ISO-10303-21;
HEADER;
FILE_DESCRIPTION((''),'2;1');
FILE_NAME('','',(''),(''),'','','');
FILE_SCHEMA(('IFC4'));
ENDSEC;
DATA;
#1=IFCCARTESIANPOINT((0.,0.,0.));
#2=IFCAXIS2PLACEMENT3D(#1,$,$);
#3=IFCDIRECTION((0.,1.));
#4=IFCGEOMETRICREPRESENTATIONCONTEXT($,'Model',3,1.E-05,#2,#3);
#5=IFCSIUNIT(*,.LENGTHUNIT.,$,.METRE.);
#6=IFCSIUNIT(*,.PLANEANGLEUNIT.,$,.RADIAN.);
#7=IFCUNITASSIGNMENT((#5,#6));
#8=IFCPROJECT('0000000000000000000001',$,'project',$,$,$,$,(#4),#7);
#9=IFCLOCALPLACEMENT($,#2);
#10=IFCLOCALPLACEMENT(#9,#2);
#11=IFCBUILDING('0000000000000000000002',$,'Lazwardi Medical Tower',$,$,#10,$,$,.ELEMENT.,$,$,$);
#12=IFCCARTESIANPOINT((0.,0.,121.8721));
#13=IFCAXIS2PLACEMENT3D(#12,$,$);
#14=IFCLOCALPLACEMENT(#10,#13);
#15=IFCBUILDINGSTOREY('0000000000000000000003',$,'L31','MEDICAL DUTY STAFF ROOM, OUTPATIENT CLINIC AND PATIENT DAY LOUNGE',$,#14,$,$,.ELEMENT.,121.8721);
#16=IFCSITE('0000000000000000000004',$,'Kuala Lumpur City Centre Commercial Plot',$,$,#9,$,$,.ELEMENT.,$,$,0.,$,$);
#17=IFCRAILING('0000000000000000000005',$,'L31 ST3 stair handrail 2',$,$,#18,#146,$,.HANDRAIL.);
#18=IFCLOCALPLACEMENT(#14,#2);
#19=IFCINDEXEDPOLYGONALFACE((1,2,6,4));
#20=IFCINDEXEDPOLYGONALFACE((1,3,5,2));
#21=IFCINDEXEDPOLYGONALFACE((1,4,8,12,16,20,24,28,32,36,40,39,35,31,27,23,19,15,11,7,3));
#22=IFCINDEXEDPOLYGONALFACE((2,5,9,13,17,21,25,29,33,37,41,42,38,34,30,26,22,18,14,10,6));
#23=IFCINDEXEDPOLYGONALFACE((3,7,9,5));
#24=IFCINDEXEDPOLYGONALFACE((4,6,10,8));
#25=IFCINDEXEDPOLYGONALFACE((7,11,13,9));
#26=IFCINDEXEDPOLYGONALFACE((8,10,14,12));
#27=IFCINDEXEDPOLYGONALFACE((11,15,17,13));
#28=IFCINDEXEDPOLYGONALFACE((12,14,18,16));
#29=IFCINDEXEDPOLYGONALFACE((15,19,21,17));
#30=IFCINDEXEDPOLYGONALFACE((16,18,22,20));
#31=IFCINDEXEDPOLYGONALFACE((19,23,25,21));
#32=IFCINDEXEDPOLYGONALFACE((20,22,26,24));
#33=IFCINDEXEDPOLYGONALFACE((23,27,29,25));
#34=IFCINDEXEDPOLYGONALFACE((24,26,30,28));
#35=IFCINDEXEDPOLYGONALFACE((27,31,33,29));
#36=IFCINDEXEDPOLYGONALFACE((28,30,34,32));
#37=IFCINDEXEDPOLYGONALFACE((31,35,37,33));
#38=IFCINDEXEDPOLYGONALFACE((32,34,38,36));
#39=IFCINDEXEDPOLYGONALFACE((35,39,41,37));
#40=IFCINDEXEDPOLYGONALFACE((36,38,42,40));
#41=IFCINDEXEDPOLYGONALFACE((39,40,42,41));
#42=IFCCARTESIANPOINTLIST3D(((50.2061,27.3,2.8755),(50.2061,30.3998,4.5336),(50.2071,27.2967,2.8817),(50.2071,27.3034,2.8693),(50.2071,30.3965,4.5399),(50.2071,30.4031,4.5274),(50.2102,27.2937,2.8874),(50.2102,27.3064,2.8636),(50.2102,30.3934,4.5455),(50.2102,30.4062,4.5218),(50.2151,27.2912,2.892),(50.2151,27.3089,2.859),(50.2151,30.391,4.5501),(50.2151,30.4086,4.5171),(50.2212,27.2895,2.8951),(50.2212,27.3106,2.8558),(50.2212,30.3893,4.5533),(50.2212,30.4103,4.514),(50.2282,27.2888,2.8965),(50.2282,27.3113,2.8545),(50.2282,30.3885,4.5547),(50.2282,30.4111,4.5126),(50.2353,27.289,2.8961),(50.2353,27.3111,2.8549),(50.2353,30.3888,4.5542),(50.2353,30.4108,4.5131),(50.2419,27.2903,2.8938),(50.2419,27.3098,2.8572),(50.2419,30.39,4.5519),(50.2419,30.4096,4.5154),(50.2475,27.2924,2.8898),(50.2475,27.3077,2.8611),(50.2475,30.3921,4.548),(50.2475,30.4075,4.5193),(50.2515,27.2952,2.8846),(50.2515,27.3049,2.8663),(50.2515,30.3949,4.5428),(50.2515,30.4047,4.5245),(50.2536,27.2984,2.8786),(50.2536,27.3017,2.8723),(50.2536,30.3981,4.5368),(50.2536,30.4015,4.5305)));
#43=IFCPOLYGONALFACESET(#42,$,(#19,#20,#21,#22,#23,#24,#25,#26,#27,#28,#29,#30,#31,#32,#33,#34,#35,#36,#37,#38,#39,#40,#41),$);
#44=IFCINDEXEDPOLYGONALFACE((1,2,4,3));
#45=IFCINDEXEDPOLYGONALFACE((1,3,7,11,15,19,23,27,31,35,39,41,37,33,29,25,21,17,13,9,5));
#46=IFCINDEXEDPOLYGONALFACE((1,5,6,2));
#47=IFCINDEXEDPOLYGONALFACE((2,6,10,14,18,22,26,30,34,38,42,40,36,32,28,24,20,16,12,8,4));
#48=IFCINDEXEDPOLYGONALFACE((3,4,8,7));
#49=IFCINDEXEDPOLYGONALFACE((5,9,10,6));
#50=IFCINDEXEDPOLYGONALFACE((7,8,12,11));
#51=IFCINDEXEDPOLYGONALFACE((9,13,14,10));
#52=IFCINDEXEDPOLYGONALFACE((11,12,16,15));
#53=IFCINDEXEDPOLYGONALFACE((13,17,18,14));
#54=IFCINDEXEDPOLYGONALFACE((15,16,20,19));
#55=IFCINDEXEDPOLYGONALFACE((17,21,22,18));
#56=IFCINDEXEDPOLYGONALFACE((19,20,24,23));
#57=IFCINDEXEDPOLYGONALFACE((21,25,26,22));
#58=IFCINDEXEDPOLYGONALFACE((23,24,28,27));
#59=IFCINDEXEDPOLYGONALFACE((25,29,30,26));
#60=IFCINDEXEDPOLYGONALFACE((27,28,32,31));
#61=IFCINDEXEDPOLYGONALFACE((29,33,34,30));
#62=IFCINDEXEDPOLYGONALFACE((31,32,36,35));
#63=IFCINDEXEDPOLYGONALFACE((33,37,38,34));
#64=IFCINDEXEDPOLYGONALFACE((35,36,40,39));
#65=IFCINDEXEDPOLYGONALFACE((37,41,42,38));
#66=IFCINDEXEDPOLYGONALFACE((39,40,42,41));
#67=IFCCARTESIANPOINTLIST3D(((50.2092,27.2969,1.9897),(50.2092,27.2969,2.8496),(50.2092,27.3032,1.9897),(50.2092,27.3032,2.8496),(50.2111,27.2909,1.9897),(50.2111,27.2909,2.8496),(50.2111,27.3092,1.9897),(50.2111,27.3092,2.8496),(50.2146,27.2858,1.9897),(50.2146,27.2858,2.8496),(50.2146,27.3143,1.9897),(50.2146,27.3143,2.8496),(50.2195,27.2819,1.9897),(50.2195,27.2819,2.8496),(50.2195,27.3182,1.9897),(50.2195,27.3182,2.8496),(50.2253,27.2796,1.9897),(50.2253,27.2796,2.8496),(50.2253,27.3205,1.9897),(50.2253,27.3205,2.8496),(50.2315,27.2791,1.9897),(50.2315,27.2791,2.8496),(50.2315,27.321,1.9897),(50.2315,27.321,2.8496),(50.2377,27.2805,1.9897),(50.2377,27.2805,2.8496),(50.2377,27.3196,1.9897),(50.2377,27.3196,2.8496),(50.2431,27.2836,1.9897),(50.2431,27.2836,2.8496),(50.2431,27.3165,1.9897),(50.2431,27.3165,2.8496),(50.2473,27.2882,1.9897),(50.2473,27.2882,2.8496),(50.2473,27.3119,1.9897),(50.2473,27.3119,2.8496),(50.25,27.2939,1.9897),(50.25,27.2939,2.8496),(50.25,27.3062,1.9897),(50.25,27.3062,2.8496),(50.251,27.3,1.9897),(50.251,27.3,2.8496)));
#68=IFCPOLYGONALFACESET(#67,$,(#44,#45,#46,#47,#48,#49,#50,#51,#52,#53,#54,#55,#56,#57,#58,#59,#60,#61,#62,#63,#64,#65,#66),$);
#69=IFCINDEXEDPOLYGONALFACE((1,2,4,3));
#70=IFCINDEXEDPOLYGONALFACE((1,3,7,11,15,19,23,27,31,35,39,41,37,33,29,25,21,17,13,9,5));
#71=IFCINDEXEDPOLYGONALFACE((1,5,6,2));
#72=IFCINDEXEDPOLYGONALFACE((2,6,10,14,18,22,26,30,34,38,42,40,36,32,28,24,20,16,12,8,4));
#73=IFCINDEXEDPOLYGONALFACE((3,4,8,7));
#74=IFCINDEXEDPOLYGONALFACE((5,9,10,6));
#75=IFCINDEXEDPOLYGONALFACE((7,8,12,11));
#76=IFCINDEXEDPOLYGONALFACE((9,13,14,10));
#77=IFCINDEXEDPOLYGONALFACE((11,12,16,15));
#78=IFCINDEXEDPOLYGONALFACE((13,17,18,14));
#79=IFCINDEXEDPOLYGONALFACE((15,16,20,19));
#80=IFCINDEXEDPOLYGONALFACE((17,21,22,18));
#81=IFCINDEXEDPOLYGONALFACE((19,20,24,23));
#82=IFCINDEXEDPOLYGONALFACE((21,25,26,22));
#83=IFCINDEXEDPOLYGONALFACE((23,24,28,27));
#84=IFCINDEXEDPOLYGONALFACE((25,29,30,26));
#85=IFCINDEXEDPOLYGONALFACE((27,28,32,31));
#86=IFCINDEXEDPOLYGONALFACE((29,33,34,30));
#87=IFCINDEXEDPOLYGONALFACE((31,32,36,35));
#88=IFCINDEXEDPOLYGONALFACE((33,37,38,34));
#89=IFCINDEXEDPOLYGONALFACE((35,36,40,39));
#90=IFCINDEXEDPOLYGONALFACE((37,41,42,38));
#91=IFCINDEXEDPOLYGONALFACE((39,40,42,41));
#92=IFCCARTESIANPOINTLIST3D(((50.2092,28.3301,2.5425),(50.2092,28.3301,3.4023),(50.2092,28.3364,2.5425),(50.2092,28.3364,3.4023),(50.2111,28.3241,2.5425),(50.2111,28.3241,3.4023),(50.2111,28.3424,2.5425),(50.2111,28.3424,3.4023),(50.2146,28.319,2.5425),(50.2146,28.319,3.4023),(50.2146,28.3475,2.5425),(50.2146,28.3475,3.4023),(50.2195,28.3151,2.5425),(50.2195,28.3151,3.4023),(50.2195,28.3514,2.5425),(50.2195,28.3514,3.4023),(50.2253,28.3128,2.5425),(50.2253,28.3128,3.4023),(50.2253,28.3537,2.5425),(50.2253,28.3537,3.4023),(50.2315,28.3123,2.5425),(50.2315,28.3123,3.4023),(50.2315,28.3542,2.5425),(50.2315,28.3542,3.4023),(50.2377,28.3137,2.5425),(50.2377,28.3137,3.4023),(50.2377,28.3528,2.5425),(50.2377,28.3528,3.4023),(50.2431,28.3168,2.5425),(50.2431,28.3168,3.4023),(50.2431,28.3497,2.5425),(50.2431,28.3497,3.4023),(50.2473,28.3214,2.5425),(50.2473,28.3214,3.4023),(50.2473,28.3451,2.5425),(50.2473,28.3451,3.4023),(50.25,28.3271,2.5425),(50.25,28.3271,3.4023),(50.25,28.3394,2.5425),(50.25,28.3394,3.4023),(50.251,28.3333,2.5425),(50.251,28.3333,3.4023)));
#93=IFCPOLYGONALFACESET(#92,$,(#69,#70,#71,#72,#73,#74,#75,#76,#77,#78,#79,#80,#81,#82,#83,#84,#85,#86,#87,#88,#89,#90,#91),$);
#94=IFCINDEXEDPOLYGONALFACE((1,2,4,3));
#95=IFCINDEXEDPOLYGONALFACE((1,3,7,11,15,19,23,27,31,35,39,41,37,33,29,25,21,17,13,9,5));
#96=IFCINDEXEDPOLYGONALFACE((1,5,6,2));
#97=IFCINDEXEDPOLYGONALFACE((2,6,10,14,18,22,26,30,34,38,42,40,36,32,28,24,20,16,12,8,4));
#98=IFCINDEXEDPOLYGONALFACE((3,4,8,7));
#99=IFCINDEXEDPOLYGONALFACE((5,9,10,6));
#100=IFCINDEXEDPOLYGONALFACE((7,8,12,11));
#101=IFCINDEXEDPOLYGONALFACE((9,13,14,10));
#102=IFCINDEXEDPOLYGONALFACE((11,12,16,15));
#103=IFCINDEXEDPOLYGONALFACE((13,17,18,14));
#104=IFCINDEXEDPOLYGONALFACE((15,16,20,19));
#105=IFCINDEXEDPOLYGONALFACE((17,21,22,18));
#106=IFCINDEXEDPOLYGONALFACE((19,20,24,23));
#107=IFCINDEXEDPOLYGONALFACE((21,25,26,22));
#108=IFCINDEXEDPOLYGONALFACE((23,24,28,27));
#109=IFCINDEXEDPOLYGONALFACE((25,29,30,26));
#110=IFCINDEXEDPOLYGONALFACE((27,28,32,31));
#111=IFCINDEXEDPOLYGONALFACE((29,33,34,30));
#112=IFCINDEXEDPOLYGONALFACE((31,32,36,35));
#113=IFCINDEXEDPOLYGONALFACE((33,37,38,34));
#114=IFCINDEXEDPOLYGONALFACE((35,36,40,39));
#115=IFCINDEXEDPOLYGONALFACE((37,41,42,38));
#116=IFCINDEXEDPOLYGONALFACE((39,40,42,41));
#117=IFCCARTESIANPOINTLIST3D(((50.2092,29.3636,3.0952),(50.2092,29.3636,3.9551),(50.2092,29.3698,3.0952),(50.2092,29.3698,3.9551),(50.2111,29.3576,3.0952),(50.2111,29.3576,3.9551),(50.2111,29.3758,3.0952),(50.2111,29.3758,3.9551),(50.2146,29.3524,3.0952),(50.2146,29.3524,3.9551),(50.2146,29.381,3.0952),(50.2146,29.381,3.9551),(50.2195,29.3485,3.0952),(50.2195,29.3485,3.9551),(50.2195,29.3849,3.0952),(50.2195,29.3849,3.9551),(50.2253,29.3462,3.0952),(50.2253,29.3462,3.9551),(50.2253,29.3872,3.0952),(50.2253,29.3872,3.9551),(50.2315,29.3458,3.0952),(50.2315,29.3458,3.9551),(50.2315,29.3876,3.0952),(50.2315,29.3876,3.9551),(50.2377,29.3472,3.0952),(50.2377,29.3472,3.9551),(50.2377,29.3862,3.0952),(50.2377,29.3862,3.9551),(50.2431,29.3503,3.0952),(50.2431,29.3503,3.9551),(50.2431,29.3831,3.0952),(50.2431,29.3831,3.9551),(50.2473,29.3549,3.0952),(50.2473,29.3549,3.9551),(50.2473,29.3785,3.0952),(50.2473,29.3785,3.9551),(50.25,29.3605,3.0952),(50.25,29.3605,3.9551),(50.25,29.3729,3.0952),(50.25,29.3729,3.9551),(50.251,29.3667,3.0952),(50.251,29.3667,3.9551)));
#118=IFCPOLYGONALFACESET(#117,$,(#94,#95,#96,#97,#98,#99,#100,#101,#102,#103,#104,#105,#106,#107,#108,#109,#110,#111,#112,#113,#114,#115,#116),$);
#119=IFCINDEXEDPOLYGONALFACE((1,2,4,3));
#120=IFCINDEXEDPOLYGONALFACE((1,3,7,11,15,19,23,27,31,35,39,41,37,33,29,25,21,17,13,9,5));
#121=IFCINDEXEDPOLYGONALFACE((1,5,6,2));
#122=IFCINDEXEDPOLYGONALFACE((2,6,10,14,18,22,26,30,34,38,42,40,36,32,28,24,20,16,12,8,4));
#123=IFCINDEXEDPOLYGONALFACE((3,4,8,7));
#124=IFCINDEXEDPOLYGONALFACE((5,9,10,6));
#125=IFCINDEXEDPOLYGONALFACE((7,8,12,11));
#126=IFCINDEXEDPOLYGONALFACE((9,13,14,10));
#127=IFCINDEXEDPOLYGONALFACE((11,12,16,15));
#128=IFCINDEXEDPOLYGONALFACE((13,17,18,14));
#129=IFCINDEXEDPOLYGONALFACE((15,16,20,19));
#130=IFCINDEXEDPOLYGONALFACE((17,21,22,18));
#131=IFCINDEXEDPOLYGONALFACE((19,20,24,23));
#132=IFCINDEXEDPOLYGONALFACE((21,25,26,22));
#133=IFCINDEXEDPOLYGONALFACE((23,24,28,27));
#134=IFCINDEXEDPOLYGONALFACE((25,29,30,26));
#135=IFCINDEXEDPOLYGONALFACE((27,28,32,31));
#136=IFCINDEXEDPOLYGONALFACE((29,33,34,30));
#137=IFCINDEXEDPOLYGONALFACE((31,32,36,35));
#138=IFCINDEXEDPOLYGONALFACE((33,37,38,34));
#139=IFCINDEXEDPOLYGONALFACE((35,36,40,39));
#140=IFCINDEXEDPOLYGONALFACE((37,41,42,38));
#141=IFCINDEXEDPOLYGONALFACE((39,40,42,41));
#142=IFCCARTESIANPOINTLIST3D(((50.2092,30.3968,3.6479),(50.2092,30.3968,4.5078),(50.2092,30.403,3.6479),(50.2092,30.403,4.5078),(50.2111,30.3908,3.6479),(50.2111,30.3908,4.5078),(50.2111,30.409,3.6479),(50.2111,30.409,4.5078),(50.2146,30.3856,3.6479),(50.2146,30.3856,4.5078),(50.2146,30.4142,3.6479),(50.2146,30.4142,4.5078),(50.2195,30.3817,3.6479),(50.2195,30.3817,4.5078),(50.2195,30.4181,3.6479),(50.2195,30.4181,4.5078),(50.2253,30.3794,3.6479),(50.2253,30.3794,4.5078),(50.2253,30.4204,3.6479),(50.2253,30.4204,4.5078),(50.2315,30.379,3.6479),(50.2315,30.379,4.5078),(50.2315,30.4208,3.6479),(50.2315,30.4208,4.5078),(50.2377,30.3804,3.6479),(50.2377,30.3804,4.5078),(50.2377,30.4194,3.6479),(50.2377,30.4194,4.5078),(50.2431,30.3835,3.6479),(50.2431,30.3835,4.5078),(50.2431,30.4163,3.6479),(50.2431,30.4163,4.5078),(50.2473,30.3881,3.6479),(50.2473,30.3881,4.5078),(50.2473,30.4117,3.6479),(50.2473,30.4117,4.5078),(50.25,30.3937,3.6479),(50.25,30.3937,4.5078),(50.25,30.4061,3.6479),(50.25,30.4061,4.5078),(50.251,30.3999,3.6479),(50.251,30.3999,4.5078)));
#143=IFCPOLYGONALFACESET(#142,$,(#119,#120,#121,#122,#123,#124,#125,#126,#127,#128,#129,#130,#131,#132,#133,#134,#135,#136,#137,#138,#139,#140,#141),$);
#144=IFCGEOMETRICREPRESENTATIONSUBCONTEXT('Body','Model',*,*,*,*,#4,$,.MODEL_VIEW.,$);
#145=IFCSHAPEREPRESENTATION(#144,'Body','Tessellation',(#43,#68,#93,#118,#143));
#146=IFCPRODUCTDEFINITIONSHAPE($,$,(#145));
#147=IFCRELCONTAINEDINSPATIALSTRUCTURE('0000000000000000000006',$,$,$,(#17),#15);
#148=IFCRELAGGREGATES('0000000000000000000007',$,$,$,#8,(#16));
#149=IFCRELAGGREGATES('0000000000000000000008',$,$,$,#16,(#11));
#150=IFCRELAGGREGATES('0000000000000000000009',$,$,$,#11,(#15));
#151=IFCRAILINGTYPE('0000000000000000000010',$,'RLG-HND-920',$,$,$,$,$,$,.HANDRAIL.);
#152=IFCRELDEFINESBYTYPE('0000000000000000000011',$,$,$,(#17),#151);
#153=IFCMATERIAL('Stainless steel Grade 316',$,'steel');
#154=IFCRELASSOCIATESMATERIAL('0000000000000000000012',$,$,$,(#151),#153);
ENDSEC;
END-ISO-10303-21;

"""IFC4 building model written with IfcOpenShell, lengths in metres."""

from ifc_helpers import new_model, si_unit, direction, frame, origin, origin_2d, place, context, subcontext, project, spatial, circle, extrude, material, type_object, element, save


model = new_model("IFC4")

# Units and contexts
model_context = context("Model", 3, precision=1e-05, world=origin(), true_north=direction((0.0, 1.0)))
body_context = subcontext(model_context, "Body", "Model", "MODEL_VIEW")
ifc_project = project(units=[si_unit("LENGTHUNIT", "METRE"), si_unit("PLANEANGLEUNIT", "RADIAN")], contexts=[model_context])

# Site, building, storey
site_placement = place(None, origin())
site = spatial("IfcSite", under=ifc_project, at=site_placement, Name="Kuala Lumpur City Centre Commercial Plot", CompositionType="ELEMENT", RefElevation=0.0)
building_placement = place(site_placement, origin())
building = spatial("IfcBuilding", under=site, at=building_placement, Name="Lazwardi Medical Tower", CompositionType="ELEMENT")
storey_placement = place(building_placement, frame((0.0, 0.0, 121.8721)))
storey = spatial("IfcBuildingStorey", under=building, at=storey_placement, Name="L31", Description="MEDICAL DUTY STAFF ROOM, OUTPATIENT CLINIC AND PATIENT DAY LOUNGE", CompositionType="ELEMENT", Elevation=121.8721)

# Railing
ifc_material_1 = material(Name="Stainless steel Grade 316", Category="steel")
railing_type_1 = type_object("IfcRailingType", Name="RLG-HND-920", PredefinedType="HANDRAIL", material=ifc_material_1)
railing_1_placement = place(storey_placement, frame((50.23, 27.3, 1.9897)))
element("IfcRailing", 1, at=railing_1_placement, inside=storey, type_object=railing_type_1, Name="L31 ST3 stair handrail 2", PredefinedType="HANDRAIL", context=body_context, shape_type="SweptSolid", body=[
    extrude(circle(Radius=0.0239, at=origin_2d()), frame((0.0, 0.0, 0.8857), z_axis=(0.0, 0.881768, 0.471684), x_axis=(-1.0, 0.0, 0.0)), (0.0, 0.0, 1.0), 3.5154),
    extrude(circle(Radius=0.021, at=origin_2d()), origin(), (0.0, 0.0, 1.0), 0.8599),
    extrude(circle(Radius=0.021, at=origin_2d()), frame((0.0, 1.0332, 0.5527)), (0.0, 0.0, 1.0), 0.8599),
    extrude(circle(Radius=0.021, at=origin_2d()), frame((0.0, 2.0667, 1.1055)), (0.0, 0.0, 1.0), 0.8599),
    extrude(circle(Radius=0.021, at=origin_2d()), frame((0.0, 3.0999, 1.6582)), (0.0, 0.0, 1.0), 0.8599),
])

save(model, "model.ifc")
